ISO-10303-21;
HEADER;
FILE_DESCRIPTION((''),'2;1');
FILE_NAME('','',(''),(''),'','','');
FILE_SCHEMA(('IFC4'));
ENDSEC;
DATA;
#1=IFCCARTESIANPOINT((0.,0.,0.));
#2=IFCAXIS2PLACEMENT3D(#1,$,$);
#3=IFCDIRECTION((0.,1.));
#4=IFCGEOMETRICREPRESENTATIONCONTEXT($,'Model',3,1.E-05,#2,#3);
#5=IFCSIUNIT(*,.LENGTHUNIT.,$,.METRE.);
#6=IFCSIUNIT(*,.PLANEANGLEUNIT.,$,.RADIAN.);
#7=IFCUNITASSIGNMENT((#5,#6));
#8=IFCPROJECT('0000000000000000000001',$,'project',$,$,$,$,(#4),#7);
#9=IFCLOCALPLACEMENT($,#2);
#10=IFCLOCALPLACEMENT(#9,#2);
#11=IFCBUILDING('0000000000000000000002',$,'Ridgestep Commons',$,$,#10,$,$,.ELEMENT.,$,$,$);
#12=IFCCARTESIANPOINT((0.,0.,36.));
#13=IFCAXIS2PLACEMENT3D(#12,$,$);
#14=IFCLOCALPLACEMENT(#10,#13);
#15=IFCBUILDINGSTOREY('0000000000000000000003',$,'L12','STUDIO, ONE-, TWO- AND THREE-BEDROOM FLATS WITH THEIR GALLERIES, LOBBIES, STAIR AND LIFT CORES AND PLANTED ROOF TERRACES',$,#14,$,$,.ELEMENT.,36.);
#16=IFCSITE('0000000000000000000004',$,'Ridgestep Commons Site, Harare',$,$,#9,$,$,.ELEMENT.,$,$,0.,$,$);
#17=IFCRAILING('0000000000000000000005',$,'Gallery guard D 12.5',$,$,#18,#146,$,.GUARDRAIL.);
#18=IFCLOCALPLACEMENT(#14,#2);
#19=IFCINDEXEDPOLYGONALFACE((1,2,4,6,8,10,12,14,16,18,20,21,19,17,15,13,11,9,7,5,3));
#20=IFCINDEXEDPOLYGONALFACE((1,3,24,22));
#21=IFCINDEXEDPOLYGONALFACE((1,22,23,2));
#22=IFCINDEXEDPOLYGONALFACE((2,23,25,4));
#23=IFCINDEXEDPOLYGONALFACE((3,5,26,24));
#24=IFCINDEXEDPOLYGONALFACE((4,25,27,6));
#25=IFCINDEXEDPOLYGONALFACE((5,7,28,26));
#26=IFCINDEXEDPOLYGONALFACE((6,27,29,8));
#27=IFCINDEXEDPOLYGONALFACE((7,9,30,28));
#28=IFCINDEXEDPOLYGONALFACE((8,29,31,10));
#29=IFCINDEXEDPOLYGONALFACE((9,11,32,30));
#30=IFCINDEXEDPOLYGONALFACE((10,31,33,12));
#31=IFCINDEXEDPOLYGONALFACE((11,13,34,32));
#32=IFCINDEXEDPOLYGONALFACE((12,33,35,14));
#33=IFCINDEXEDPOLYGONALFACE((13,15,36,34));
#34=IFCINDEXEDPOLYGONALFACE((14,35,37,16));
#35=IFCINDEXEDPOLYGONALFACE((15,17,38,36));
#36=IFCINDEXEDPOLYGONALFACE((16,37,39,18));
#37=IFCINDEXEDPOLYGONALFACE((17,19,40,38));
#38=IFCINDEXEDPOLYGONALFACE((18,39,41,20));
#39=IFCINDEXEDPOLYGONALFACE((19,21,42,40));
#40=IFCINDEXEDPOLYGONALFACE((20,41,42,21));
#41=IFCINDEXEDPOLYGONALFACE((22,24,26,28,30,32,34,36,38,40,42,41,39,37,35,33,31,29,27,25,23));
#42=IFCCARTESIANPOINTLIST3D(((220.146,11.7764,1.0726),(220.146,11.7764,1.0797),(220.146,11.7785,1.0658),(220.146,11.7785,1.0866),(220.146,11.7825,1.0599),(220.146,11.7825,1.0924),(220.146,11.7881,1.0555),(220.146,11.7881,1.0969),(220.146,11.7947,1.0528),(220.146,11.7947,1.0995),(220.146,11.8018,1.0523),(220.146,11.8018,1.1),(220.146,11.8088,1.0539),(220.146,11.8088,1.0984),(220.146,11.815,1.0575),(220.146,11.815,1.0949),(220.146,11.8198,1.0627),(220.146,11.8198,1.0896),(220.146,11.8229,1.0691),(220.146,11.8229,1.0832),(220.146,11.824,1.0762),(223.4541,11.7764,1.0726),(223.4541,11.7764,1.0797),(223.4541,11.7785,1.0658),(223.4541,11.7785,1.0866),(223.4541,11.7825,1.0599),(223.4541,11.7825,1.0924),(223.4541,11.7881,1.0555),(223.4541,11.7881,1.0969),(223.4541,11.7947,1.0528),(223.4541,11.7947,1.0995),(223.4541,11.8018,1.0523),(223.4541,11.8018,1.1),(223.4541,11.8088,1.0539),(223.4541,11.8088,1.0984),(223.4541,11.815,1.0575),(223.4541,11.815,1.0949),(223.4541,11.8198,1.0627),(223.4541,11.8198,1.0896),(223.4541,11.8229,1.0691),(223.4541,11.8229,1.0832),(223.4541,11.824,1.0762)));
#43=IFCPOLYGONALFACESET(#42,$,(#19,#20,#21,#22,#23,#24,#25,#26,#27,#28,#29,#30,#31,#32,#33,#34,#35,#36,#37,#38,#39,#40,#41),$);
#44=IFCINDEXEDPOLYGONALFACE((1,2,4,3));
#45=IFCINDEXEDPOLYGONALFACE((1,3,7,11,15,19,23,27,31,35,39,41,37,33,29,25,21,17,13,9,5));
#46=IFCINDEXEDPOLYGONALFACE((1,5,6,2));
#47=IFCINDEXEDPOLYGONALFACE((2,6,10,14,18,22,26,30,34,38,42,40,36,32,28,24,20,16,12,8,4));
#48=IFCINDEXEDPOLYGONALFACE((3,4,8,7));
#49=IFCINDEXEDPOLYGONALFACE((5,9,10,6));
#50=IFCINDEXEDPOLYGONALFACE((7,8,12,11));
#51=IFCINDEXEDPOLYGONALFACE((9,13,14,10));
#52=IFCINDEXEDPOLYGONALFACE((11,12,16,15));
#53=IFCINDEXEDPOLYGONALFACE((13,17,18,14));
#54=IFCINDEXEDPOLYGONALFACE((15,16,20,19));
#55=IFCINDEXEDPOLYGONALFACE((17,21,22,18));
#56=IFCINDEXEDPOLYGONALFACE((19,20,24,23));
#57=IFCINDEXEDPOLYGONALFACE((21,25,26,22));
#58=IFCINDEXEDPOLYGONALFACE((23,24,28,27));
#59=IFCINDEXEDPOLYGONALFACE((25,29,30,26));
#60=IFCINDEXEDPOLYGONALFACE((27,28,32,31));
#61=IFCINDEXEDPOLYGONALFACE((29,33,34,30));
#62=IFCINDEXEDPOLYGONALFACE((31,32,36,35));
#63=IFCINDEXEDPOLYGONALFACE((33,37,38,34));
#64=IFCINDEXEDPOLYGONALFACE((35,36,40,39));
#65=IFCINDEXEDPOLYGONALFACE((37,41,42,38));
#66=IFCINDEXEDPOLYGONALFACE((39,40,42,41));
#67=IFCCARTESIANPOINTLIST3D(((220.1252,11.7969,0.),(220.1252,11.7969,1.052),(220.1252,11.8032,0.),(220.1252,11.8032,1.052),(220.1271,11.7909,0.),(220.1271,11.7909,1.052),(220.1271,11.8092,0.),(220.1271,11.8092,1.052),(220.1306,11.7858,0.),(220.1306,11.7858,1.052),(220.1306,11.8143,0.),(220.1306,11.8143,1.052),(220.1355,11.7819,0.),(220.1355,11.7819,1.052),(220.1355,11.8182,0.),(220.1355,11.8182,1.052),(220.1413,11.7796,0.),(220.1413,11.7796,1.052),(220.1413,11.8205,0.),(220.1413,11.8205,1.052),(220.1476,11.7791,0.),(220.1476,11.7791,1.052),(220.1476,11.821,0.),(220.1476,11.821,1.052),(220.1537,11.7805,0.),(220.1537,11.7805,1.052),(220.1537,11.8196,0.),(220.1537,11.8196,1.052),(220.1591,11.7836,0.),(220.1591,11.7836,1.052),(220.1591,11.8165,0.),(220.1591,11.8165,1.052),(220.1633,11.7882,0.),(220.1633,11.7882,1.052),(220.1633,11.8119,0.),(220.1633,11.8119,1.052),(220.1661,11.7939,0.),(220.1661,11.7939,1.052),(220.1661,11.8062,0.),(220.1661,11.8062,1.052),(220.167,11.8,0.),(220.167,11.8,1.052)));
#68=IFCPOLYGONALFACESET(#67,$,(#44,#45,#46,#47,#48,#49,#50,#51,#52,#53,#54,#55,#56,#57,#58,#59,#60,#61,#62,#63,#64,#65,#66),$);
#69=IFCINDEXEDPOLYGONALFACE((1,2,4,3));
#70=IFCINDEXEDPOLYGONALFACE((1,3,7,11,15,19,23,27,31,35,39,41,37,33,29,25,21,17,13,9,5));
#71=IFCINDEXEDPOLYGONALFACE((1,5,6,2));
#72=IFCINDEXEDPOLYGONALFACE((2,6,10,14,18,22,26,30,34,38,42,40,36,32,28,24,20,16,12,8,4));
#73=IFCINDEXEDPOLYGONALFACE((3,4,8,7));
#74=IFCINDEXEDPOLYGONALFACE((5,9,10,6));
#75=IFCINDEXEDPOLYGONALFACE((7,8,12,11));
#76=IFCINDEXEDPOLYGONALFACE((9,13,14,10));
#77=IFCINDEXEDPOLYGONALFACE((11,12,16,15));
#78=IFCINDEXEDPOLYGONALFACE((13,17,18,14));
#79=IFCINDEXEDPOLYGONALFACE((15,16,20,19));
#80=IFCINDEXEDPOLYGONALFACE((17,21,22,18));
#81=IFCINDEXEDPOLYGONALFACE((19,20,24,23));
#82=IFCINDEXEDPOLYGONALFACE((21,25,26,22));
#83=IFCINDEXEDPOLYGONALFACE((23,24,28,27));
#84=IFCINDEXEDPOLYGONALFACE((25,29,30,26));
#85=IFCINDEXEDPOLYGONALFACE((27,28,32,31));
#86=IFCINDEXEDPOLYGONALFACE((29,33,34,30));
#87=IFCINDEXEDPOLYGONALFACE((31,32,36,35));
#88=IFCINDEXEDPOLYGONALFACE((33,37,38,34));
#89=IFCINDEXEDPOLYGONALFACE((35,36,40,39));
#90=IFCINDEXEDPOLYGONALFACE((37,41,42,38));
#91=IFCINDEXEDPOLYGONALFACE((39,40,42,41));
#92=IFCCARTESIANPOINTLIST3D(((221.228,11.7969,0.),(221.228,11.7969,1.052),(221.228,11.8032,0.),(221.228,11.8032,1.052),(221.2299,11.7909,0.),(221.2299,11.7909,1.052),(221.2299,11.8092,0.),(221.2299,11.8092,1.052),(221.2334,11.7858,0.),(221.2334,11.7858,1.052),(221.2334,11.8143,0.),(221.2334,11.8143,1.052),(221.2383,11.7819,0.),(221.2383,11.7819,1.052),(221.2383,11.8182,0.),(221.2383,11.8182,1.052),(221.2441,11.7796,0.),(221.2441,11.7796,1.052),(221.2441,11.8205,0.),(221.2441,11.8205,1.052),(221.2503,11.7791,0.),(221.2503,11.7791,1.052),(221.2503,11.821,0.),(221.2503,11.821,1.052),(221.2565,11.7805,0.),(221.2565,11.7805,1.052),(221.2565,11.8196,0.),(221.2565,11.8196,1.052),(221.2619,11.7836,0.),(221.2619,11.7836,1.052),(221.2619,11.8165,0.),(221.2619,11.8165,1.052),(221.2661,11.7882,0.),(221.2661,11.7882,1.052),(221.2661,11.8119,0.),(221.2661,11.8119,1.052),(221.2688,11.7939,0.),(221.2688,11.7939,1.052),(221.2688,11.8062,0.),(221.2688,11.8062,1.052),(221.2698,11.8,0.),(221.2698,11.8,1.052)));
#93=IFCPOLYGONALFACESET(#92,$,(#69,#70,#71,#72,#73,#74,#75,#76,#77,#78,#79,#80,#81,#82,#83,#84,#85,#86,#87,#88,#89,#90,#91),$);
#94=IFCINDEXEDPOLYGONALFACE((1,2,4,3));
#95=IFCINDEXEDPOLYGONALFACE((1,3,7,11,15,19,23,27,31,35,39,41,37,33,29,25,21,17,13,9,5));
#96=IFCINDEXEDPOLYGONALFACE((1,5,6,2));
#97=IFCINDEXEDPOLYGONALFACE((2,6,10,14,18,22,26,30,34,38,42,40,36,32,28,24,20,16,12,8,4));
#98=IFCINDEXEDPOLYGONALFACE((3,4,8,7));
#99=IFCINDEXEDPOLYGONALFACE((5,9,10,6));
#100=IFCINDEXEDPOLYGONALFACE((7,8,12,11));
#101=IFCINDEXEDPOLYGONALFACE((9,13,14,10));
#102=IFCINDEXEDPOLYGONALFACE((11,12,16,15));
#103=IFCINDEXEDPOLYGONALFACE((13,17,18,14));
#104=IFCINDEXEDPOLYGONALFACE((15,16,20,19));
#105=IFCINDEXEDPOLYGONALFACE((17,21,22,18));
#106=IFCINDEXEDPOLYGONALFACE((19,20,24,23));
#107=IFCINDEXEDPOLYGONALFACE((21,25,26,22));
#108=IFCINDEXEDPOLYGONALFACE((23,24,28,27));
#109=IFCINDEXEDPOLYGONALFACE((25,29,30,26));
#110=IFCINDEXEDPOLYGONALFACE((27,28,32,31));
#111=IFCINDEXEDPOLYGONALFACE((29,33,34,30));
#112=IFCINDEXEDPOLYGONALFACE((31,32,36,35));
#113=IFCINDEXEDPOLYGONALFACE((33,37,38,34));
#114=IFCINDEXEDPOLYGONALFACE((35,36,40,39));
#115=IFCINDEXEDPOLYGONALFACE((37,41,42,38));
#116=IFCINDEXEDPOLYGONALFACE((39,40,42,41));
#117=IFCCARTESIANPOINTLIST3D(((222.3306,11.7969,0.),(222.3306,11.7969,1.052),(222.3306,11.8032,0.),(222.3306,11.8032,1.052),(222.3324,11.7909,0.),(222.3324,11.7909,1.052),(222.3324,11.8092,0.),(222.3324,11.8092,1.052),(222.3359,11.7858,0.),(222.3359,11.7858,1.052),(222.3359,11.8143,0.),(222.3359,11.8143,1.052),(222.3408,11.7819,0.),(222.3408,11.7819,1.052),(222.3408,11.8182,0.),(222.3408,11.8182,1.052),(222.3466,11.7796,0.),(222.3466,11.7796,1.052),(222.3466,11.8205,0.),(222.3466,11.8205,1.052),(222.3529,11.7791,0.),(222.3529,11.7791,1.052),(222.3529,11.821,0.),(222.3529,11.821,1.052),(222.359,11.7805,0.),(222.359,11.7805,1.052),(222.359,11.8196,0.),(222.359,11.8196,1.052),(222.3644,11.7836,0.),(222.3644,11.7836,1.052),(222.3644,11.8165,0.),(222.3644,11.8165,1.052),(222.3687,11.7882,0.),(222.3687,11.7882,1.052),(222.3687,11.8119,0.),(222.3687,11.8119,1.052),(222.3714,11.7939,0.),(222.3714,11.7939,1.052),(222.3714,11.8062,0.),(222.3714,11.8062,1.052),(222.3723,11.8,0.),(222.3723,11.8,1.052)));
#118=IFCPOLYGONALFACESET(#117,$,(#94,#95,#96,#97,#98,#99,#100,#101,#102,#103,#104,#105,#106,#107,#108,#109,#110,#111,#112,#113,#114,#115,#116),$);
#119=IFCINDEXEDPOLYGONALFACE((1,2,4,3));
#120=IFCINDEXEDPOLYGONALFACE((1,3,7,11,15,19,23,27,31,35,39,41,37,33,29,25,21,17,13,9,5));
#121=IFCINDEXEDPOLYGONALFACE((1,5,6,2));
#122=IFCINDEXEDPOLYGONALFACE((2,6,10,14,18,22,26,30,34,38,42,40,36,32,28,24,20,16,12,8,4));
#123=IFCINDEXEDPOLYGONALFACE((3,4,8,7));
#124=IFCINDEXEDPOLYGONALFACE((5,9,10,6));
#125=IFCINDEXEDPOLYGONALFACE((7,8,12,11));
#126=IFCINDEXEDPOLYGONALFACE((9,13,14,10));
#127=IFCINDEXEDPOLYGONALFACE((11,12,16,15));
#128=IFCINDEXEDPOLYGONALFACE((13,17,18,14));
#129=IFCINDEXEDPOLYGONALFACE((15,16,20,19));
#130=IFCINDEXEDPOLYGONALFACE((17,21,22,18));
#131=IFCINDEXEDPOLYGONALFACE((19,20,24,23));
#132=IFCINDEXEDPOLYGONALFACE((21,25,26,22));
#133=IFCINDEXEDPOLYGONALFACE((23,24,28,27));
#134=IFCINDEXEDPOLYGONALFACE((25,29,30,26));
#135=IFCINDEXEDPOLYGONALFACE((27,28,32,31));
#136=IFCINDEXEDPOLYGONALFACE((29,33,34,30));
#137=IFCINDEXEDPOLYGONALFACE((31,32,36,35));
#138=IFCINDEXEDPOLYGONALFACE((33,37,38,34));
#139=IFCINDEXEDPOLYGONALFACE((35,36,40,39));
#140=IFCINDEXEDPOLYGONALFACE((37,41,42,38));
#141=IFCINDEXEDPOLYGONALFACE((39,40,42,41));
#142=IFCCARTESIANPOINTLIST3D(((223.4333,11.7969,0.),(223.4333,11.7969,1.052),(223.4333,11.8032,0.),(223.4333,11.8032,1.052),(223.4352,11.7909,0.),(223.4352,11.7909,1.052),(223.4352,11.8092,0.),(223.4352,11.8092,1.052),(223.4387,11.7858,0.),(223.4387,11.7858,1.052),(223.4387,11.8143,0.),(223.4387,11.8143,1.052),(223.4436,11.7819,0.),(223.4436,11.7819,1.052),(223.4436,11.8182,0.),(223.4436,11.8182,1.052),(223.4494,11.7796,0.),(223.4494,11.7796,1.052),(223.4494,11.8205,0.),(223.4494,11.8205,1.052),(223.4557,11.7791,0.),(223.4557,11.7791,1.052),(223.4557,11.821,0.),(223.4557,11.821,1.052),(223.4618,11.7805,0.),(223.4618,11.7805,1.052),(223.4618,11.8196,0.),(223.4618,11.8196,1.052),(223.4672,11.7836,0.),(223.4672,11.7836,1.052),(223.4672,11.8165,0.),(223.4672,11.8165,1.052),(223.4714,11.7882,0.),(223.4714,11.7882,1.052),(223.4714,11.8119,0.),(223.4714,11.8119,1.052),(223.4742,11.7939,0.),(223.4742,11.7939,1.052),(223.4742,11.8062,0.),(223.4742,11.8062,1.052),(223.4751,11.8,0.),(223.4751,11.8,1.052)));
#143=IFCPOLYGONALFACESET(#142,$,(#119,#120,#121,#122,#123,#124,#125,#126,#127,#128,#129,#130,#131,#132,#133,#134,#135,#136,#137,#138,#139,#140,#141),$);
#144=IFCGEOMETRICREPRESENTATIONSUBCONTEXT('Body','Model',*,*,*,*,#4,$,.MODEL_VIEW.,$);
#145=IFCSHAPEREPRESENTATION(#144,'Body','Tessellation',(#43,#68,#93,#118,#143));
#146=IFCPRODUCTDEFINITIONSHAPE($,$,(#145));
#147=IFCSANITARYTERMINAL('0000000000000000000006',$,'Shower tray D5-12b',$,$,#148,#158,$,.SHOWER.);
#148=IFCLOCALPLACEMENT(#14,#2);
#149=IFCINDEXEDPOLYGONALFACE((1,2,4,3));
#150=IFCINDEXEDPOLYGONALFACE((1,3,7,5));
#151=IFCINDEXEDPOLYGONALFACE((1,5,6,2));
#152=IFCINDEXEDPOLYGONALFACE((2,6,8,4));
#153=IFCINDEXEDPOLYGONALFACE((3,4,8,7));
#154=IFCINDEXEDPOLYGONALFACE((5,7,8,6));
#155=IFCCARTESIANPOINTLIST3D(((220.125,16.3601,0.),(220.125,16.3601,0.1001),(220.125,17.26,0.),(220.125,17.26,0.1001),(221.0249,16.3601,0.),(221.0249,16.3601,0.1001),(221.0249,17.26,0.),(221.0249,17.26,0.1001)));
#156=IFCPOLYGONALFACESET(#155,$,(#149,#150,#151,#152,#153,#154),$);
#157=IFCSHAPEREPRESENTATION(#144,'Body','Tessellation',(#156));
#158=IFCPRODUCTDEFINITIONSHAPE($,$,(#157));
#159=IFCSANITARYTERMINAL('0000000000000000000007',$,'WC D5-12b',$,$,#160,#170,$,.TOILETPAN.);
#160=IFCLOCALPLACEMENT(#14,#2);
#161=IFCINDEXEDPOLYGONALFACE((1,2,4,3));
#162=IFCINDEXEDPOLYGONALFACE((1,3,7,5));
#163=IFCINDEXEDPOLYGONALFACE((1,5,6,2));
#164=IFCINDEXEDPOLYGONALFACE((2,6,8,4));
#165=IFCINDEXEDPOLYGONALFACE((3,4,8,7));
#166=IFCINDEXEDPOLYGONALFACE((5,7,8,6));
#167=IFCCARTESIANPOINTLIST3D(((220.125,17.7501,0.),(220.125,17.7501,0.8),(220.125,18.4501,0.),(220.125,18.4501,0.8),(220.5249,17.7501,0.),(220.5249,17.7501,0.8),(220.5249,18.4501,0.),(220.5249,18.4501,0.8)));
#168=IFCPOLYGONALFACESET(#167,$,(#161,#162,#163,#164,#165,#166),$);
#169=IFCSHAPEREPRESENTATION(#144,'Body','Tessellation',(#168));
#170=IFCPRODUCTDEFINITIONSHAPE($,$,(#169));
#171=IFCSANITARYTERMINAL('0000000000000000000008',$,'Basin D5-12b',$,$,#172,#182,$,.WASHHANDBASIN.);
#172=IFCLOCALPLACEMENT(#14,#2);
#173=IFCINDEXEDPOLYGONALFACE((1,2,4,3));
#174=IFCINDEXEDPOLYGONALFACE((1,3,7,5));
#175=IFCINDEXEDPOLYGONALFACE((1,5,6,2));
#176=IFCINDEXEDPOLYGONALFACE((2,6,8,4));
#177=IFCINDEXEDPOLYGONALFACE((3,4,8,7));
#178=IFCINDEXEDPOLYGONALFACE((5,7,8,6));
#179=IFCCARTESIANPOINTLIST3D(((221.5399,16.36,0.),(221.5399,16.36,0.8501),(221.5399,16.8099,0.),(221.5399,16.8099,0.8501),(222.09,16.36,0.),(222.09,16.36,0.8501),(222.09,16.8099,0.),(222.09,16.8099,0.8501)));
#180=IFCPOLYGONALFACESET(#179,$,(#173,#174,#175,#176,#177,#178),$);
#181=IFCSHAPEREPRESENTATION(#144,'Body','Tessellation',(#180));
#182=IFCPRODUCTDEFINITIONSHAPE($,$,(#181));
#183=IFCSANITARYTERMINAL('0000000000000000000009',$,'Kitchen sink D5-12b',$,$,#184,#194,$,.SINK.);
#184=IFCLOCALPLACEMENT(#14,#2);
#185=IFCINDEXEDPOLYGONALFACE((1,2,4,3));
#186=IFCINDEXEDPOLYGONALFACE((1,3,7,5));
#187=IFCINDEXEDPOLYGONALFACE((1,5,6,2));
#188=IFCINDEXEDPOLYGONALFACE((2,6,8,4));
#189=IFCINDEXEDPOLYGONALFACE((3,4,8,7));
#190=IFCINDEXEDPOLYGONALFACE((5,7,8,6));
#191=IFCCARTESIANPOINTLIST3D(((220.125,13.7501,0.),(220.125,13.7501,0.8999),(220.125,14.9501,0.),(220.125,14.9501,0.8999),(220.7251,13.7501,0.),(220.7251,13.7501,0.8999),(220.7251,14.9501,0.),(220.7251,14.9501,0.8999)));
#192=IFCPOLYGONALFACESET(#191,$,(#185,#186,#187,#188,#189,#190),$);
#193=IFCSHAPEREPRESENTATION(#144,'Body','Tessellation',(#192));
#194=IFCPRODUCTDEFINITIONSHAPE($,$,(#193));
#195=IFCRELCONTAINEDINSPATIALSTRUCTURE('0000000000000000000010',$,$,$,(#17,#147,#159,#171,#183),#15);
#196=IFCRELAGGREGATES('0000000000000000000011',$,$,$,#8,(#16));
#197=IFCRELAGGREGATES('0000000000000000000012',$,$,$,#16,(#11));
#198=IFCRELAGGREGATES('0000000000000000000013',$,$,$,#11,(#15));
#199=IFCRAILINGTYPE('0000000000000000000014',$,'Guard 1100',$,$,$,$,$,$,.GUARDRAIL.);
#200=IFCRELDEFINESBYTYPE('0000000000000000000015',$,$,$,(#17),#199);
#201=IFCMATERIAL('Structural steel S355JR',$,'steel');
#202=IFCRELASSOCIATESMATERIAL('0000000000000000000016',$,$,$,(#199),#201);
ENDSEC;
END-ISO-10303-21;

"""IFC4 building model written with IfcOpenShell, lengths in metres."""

from ifc_helpers import new_model, si_unit, direction, frame, origin, origin_2d, place, context, subcontext, project, spatial, rectangle, circle, extrude, material, type_object, element, save


model = new_model("IFC4")

# Units and contexts
model_context = context("Model", 3, precision=1e-05, world=origin(), true_north=direction((0.0, 1.0)))
body_context = subcontext(model_context, "Body", "Model", "MODEL_VIEW")
ifc_project = project(units=[si_unit("LENGTHUNIT", "METRE"), si_unit("PLANEANGLEUNIT", "RADIAN")], contexts=[model_context])

# Site, building, storey
site_placement = place(None, origin())
site = spatial("IfcSite", under=ifc_project, at=site_placement, Name="Ridgestep Commons Site, Harare", CompositionType="ELEMENT", RefElevation=0.0)
building_placement = place(site_placement, origin())
building = spatial("IfcBuilding", under=site, at=building_placement, Name="Ridgestep Commons", CompositionType="ELEMENT")
storey_placement = place(building_placement, frame((0.0, 0.0, 36.0)))
storey = spatial("IfcBuildingStorey", under=building, at=storey_placement, Name="L12", Description="STUDIO, ONE-, TWO- AND THREE-BEDROOM FLATS WITH THEIR GALLERIES, LOBBIES, STAIR AND LIFT CORES AND PLANTED ROOF TERRACES", CompositionType="ELEMENT", Elevation=36.0)

# Railing
ifc_material_1 = material(Name="Structural steel S355JR", Category="steel")
railing_type = type_object("IfcRailingType", Name="Guard 1100", PredefinedType="GUARDRAIL", material=ifc_material_1)
railing_placement = place(storey_placement, frame((220.146, 11.8, 0.0)))
element("IfcRailing", 1, at=railing_placement, inside=storey, type_object=railing_type, Name="Gallery guard D 12.5", PredefinedType="GUARDRAIL", context=body_context, shape_type="SweptSolid", body=[
    extrude(circle(Radius=0.0239, at=origin_2d()), frame((0.0, 0.0, 1.0762), z_axis=(1.0, 0.0, 0.0), x_axis=(0.0, 1.0, 0.0)), (0.0, 0.0, 1.0), 3.3081),
    extrude(circle(Radius=0.021, at=origin_2d()), origin(), (0.0, 0.0, 1.0), 1.052),
    extrude(circle(Radius=0.021, at=origin_2d()), frame((1.1028, 0.0, 0.0)), (0.0, 0.0, 1.0), 1.052),
    extrude(circle(Radius=0.021, at=origin_2d()), frame((2.2053, 0.0, 0.0)), (0.0, 0.0, 1.0), 1.052),
    extrude(circle(Radius=0.021, at=origin_2d()), frame((3.3081, 0.0, 0.0)), (0.0, 0.0, 1.0), 1.052),
])

# Sanitary terminals
sanitary_terminal_1_placement = place(storey_placement, frame((220.575, 16.8101, 0.0), z_axis=(0.0, 0.0, 1.0), x_axis=(1.0, 0.0, 0.0)))
element("IfcSanitaryTerminal", 2, at=sanitary_terminal_1_placement, inside=storey, Name="Shower tray D5-12b", PredefinedType="SHOWER", context=body_context, shape_type="SweptSolid", body=[
    extrude(rectangle(XDim=0.8999, YDim=0.8999, at=origin_2d()), origin(), (0.0, 0.0, 1.0), 0.1001),
])
sanitary_terminal_2_placement = place(storey_placement, frame((220.325, 18.1001, 0.0), z_axis=(0.0, 0.0, 1.0), x_axis=(1.0, 0.0, 0.0)))
element("IfcSanitaryTerminal", 3, at=sanitary_terminal_2_placement, inside=storey, Name="WC D5-12b", PredefinedType="TOILETPAN", context=body_context, shape_type="SweptSolid", body=[
    extrude(rectangle(XDim=0.3999, YDim=0.7, at=origin_2d()), origin(), (0.0, 0.0, 1.0), 0.8),
])
sanitary_terminal_3_placement = place(storey_placement, frame((221.8149, 16.585, 0.0), z_axis=(0.0, 0.0, 1.0), x_axis=(1.0, 0.0, 0.0)))
element("IfcSanitaryTerminal", 4, at=sanitary_terminal_3_placement, inside=storey, Name="Basin D5-12b", PredefinedType="WASHHANDBASIN", context=body_context, shape_type="SweptSolid", body=[
    extrude(rectangle(XDim=0.55, YDim=0.45, at=origin_2d()), origin(), (0.0, 0.0, 1.0), 0.8501),
])
sanitary_terminal_4_placement = place(storey_placement, frame((220.425, 14.3501, 0.0), z_axis=(0.0, 0.0, 1.0), x_axis=(1.0, 0.0, 0.0)))
element("IfcSanitaryTerminal", 5, at=sanitary_terminal_4_placement, inside=storey, Name="Kitchen sink D5-12b", PredefinedType="SINK", context=body_context, shape_type="SweptSolid", body=[
    extrude(rectangle(XDim=0.6001, YDim=1.2, at=origin_2d()), origin(), (0.0, 0.0, 1.0), 0.8999),
])

save(model, "model.ifc")
